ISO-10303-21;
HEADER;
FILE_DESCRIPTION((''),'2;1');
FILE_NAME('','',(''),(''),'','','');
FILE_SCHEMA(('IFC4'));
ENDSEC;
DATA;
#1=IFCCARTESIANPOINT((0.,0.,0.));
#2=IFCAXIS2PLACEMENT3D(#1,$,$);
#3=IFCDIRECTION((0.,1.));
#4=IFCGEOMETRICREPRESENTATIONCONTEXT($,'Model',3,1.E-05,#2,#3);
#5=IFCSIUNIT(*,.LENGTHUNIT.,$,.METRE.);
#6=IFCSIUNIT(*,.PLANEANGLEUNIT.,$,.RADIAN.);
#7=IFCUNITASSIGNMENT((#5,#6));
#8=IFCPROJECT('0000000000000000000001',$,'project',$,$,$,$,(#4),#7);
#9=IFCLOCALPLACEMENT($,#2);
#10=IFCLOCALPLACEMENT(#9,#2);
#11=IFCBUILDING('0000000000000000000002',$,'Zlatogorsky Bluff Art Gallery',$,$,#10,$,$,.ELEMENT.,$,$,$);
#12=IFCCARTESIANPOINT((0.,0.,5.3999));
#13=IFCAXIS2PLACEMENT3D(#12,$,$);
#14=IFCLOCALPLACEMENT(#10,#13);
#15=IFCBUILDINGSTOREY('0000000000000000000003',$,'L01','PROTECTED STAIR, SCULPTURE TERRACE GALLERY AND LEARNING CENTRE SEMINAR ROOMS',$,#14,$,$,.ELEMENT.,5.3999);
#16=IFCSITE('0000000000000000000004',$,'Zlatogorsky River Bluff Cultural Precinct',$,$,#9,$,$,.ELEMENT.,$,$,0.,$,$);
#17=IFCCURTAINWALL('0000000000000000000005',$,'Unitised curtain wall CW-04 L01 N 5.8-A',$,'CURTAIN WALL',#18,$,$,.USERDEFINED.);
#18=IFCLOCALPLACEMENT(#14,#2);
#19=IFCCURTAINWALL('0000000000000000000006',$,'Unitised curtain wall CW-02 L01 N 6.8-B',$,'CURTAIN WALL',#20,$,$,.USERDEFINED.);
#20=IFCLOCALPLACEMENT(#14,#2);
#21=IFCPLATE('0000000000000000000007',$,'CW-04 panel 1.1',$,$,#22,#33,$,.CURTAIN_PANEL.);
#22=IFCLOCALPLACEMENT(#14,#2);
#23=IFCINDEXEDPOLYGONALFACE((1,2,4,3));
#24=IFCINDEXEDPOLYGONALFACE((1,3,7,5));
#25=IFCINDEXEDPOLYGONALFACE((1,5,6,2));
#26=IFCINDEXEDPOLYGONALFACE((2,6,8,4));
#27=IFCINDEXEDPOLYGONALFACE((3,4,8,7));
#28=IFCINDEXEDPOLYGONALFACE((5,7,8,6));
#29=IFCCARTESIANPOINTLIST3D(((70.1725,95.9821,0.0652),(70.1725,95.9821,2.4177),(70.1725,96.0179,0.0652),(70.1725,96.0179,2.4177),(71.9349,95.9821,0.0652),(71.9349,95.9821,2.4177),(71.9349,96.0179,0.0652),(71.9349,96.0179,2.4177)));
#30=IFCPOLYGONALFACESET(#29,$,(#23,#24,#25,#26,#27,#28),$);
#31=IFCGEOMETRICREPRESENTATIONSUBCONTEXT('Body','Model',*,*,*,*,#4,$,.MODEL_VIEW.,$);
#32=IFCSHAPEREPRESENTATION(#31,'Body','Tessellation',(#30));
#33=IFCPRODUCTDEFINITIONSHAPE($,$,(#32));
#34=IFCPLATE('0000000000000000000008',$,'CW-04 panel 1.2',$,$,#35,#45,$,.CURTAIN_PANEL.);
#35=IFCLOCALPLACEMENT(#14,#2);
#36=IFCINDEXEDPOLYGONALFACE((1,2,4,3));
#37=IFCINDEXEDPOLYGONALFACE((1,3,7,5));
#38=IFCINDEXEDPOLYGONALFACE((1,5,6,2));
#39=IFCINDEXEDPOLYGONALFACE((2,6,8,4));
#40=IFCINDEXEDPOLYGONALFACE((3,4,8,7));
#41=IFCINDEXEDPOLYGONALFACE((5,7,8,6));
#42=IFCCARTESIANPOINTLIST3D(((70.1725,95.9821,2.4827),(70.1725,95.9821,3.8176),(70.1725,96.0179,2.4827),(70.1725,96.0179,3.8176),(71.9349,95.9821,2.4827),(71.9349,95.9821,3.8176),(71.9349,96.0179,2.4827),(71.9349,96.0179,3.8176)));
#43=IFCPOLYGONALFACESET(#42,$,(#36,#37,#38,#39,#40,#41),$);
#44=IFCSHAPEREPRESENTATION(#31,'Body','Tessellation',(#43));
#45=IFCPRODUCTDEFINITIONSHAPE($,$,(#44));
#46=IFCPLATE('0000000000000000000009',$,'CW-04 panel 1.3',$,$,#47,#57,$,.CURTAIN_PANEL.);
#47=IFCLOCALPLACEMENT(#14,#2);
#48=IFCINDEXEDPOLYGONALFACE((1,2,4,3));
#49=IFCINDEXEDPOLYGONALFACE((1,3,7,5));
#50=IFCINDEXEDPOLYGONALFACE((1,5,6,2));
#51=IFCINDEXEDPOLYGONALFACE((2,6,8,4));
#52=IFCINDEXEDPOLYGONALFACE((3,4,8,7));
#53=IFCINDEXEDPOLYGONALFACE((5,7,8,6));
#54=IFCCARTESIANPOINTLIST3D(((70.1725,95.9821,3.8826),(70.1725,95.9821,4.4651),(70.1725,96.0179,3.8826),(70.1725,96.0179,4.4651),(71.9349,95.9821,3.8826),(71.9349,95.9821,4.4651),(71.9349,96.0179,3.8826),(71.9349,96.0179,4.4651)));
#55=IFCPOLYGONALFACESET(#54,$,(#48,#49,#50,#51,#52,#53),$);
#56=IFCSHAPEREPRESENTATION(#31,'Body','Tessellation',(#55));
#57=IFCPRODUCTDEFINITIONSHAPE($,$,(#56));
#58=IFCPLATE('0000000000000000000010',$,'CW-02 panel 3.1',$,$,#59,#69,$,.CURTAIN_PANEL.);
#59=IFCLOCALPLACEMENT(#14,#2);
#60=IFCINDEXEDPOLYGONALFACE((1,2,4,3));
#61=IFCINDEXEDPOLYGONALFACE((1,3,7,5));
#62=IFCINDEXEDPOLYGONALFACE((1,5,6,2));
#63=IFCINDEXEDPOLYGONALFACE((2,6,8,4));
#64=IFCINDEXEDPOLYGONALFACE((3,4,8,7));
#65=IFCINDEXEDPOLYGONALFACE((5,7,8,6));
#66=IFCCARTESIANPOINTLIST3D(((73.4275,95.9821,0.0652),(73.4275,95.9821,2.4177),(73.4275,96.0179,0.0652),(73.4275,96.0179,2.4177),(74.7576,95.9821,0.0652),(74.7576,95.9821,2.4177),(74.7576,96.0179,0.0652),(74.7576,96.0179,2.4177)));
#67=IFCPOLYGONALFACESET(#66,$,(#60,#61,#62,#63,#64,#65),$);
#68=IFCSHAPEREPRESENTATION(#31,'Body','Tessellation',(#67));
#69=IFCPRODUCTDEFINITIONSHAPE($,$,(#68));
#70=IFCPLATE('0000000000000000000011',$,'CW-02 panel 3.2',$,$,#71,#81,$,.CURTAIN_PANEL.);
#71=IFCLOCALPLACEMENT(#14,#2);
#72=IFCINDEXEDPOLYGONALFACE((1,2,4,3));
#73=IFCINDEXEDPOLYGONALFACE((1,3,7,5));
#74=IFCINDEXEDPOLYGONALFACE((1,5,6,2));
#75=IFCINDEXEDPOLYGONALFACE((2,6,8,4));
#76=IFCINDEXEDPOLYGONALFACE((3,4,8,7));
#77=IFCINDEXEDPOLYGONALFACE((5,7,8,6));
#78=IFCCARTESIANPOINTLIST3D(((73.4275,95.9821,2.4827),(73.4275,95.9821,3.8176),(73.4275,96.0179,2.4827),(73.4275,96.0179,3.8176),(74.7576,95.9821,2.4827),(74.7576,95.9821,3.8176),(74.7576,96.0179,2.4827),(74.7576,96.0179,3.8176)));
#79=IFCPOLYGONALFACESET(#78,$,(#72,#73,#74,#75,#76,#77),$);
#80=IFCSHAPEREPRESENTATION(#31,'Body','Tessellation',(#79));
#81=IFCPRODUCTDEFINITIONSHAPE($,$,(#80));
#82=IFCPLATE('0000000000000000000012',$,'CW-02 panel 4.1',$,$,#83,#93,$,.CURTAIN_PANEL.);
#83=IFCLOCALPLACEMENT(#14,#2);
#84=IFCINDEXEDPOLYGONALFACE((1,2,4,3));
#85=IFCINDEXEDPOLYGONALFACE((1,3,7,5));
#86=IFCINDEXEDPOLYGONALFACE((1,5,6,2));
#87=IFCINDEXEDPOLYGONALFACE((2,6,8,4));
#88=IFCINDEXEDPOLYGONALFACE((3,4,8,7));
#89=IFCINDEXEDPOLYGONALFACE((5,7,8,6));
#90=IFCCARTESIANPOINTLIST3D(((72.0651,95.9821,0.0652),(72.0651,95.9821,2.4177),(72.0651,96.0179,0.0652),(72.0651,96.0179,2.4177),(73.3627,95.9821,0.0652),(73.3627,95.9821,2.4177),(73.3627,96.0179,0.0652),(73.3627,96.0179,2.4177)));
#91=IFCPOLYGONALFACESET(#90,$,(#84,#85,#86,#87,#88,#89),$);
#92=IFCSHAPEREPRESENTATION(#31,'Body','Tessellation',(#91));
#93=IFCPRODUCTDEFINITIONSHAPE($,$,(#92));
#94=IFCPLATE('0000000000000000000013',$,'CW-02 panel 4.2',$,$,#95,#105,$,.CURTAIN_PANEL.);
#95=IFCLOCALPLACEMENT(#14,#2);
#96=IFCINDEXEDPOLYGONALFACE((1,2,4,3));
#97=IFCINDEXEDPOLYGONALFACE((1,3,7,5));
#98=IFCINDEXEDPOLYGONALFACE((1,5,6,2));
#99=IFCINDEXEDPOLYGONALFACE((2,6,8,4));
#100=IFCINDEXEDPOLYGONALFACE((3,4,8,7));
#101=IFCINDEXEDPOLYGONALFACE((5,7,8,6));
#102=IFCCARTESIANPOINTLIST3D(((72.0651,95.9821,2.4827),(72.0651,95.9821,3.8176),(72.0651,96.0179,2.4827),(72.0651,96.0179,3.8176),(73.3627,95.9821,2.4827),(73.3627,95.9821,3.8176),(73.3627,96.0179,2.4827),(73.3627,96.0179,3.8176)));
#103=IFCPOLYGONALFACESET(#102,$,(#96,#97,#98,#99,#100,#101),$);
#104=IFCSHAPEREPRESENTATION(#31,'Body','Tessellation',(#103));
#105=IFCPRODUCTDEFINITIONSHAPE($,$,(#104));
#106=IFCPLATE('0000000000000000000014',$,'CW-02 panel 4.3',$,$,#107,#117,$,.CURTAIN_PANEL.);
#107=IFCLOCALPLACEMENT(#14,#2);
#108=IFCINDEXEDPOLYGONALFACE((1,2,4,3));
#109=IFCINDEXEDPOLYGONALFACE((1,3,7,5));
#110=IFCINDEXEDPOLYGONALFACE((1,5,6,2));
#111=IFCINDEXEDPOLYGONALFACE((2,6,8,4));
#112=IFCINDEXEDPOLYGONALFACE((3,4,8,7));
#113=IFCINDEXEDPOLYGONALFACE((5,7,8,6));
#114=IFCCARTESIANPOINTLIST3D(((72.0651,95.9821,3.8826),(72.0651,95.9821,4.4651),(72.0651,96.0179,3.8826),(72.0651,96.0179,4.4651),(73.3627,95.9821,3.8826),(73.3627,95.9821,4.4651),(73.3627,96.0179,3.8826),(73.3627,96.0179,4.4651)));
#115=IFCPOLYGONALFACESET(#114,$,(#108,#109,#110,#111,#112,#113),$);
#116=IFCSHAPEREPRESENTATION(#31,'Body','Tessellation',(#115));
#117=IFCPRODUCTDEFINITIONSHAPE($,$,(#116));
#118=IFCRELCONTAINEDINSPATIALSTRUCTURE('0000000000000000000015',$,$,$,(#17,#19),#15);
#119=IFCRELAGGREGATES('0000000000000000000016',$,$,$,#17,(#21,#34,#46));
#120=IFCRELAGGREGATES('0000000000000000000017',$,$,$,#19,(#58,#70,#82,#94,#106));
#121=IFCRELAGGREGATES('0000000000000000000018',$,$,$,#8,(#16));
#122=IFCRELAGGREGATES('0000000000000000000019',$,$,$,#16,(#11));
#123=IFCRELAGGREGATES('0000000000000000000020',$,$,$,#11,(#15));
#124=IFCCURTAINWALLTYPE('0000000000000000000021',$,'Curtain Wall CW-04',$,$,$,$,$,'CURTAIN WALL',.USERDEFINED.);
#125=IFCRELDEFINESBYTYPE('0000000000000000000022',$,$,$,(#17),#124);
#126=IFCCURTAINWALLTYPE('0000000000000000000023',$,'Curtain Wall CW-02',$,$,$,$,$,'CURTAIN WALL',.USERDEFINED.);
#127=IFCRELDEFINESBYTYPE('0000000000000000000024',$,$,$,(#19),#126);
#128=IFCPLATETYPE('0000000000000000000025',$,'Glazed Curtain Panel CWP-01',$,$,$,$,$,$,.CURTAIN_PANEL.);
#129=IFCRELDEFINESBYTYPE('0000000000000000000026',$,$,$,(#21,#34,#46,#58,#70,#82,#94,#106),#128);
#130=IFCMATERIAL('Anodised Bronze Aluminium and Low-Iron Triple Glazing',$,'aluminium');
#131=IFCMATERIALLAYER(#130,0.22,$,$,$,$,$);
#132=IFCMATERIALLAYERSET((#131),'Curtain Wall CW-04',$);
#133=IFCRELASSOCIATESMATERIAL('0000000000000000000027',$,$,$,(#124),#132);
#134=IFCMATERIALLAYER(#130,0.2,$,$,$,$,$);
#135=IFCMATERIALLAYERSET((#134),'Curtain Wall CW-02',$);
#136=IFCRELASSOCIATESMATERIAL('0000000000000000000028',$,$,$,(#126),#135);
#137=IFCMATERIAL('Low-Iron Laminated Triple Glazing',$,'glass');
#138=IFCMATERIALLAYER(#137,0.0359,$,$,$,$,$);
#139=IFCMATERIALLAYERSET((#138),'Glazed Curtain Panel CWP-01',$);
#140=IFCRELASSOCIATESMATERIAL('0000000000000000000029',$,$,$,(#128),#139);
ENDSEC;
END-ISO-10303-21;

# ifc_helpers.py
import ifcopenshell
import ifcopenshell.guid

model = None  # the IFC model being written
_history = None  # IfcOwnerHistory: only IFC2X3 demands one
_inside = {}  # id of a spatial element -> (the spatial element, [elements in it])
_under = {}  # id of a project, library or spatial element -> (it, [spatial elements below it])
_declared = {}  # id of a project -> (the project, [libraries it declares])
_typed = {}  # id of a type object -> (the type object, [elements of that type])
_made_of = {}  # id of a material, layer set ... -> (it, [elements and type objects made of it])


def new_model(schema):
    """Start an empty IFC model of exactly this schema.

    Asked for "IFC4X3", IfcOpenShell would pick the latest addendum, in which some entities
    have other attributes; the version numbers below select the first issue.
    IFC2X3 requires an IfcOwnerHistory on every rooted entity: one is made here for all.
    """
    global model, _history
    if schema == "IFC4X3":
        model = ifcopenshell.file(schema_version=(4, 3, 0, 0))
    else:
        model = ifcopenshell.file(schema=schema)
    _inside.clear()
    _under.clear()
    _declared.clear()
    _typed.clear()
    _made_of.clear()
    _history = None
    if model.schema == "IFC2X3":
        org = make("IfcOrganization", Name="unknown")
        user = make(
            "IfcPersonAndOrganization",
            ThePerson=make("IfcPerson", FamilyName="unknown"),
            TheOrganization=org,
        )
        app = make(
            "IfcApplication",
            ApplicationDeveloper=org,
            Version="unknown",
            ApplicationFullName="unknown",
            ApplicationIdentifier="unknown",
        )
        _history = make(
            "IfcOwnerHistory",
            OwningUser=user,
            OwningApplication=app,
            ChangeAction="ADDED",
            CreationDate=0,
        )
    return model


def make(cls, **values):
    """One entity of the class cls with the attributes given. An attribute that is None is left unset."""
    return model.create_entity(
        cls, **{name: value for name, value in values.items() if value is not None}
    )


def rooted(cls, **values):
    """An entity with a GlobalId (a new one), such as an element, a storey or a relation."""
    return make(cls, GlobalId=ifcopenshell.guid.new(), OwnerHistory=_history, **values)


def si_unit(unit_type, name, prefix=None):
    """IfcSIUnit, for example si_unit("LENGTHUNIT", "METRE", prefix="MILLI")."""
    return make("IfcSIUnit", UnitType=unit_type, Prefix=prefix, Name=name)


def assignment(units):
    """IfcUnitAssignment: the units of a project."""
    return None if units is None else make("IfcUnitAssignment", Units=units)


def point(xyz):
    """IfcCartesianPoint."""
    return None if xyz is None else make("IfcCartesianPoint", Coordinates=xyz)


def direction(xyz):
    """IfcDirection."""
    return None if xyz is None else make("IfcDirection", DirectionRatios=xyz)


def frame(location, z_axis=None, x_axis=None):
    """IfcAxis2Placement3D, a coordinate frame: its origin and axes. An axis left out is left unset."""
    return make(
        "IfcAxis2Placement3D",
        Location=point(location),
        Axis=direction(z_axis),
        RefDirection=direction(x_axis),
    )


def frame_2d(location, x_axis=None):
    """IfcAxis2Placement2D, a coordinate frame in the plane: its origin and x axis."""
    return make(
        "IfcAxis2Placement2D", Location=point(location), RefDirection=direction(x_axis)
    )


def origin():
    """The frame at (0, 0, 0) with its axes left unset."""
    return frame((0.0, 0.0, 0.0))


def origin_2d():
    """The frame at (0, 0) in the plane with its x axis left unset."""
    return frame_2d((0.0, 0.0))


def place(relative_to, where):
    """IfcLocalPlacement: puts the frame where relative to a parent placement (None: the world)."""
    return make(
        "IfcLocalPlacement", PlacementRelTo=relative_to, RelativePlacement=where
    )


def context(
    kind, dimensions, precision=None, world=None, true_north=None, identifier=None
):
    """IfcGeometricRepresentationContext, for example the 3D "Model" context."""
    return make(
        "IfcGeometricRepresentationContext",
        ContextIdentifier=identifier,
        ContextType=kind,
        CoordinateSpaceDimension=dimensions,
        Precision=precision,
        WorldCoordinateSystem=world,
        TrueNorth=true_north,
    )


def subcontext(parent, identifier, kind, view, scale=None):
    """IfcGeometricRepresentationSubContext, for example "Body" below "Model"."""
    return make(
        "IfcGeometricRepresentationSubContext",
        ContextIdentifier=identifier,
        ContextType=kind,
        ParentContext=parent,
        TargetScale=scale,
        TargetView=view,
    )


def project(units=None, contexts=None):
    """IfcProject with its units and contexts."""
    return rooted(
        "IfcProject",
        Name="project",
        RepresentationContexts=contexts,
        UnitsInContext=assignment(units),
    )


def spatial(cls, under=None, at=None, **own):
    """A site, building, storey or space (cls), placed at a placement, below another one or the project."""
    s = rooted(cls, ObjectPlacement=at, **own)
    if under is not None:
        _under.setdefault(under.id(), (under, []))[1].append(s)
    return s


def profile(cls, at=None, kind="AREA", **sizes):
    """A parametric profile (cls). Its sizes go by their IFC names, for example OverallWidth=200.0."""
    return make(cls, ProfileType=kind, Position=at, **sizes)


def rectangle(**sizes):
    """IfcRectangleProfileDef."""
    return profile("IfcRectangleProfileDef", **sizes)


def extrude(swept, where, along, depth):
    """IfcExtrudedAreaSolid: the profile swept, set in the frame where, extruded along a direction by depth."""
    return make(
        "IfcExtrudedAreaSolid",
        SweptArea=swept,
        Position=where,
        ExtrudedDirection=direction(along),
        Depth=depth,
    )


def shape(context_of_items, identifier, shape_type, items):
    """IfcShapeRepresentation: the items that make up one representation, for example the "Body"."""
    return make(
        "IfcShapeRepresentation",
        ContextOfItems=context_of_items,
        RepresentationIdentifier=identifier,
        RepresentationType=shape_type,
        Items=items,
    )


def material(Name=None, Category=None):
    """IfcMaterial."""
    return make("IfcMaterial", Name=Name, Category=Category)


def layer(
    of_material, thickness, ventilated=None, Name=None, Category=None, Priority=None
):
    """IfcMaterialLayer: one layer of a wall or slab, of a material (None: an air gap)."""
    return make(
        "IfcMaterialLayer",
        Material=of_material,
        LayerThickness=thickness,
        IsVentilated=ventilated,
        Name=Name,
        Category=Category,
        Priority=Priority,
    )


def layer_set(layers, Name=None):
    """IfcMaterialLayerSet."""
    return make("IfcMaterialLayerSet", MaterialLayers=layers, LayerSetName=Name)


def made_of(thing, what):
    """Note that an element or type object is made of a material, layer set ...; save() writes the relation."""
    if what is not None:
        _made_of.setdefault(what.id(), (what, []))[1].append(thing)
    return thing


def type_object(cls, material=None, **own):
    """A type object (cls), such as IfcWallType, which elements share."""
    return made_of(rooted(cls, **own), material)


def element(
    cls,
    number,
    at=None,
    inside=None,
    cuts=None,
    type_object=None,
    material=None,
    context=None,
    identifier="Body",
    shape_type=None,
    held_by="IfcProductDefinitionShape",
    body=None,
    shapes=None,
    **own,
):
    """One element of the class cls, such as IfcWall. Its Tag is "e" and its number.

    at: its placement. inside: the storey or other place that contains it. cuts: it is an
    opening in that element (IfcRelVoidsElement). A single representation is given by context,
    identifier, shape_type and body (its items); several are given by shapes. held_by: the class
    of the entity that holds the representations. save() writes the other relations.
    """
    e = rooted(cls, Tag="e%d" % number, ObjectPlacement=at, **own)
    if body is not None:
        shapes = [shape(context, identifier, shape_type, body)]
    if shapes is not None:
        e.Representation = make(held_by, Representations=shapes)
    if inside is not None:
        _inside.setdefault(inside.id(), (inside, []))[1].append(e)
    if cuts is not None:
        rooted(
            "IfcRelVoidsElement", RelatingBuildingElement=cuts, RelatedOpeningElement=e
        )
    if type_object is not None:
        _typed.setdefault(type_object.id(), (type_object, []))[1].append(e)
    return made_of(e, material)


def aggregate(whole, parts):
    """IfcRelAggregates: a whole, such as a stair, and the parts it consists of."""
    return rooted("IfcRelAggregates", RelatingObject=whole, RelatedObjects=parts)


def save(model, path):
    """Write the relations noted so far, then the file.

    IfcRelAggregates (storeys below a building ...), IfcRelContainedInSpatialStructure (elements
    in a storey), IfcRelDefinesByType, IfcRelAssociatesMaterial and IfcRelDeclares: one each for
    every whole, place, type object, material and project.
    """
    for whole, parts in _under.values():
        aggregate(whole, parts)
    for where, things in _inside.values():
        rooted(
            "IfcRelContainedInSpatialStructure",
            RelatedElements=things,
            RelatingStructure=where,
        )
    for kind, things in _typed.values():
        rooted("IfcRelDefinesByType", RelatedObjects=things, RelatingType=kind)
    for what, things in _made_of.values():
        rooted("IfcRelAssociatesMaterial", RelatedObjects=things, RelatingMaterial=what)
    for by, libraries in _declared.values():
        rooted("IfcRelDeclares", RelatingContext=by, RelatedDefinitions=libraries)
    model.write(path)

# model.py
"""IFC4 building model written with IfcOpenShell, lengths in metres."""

from ifc_helpers import new_model, si_unit, direction, frame, origin, origin_2d, place, context, subcontext, project, spatial, rectangle, extrude, material, layer, layer_set, type_object, element, aggregate, save


model = new_model("IFC4")

# Units and contexts
model_context = context("Model", 3, precision=1e-05, world=origin(), true_north=direction((0.0, 1.0)))
body_context = subcontext(model_context, "Body", "Model", "MODEL_VIEW")
ifc_project = project(units=[si_unit("LENGTHUNIT", "METRE"), si_unit("PLANEANGLEUNIT", "RADIAN")], contexts=[model_context])

# Site, building, storey
site_placement = place(None, origin())
site = spatial("IfcSite", under=ifc_project, at=site_placement, Name="Zlatogorsky River Bluff Cultural Precinct", CompositionType="ELEMENT", RefElevation=0.0)
building_placement = place(site_placement, origin())
building = spatial("IfcBuilding", under=site, at=building_placement, Name="Zlatogorsky Bluff Art Gallery", CompositionType="ELEMENT")
storey_placement = place(building_placement, frame((0.0, 0.0, 5.3999)))
storey = spatial("IfcBuildingStorey", under=building, at=storey_placement, Name="L01", Description="PROTECTED STAIR, SCULPTURE TERRACE GALLERY AND LEARNING CENTRE SEMINAR ROOMS", CompositionType="ELEMENT", Elevation=5.3999)

# Curtain wall
ifc_material_1 = material(Name="Anodised Bronze Aluminium and Low-Iron Triple Glazing", Category="aluminium")
ifc_layer_1 = layer(ifc_material_1, 0.22)
ifc_layer_set_1 = layer_set([ifc_layer_1], Name="Curtain Wall CW-04")
curtain_wall_type_1 = type_object("IfcCurtainWallType", Name="Curtain Wall CW-04", ElementType="CURTAIN WALL", PredefinedType="USERDEFINED", material=ifc_layer_set_1)
curtain_wall_1_placement = place(storey_placement, origin())
curtain_wall_1 = element("IfcCurtainWall", 1, at=curtain_wall_1_placement, inside=storey, type_object=curtain_wall_type_1, Name="Unitised curtain wall CW-04 L01 N 5.8-A", ObjectType="CURTAIN WALL", PredefinedType="USERDEFINED")

# Curtain wall
ifc_layer_2 = layer(ifc_material_1, 0.2)
ifc_layer_set_2 = layer_set([ifc_layer_2], Name="Curtain Wall CW-02")
curtain_wall_type_2 = type_object("IfcCurtainWallType", Name="Curtain Wall CW-02", ElementType="CURTAIN WALL", PredefinedType="USERDEFINED", material=ifc_layer_set_2)
curtain_wall_2_placement = place(storey_placement, origin())
curtain_wall_2 = element("IfcCurtainWall", 2, at=curtain_wall_2_placement, inside=storey, type_object=curtain_wall_type_2, Name="Unitised curtain wall CW-02 L01 N 6.8-B", ObjectType="CURTAIN WALL", PredefinedType="USERDEFINED")

# Plates
ifc_material_2 = material(Name="Low-Iron Laminated Triple Glazing", Category="glass")
ifc_layer_3 = layer(ifc_material_2, 0.0359)
ifc_layer_set_3 = layer_set([ifc_layer_3], Name="Glazed Curtain Panel CWP-01")
plate_type = type_object("IfcPlateType", Name="Glazed Curtain Panel CWP-01", PredefinedType="CURTAIN_PANEL", material=ifc_layer_set_3)
plate_1_placement = place(storey_placement, frame((71.0537, 96.0, 0.0652), z_axis=(0.0, 0.0, 1.0), x_axis=(-1.0, 0.0, 0.0)))
plate_1 = element("IfcPlate", 3, at=plate_1_placement, type_object=plate_type, Name="CW-04 panel 1.1", PredefinedType="CURTAIN_PANEL", context=body_context, shape_type="SweptSolid", body=[
    extrude(rectangle(XDim=1.7625, YDim=0.0359, at=origin_2d()), origin(), (0.0, 0.0, 1.0), 2.3525),
])
plate_2_placement = place(storey_placement, frame((71.0537, 96.0, 2.4827), z_axis=(0.0, 0.0, 1.0), x_axis=(-1.0, 0.0, 0.0)))
plate_2 = element("IfcPlate", 4, at=plate_2_placement, type_object=plate_type, Name="CW-04 panel 1.2", PredefinedType="CURTAIN_PANEL", context=body_context, shape_type="SweptSolid", body=[
    extrude(rectangle(XDim=1.7625, YDim=0.0359, at=origin_2d()), origin(), (0.0, 0.0, 1.0), 1.335),
])
plate_3_placement = place(storey_placement, frame((71.0537, 96.0, 3.8826), z_axis=(0.0, 0.0, 1.0), x_axis=(-1.0, 0.0, 0.0)))
plate_3 = element("IfcPlate", 5, at=plate_3_placement, type_object=plate_type, Name="CW-04 panel 1.3", PredefinedType="CURTAIN_PANEL", context=body_context, shape_type="SweptSolid", body=[
    extrude(rectangle(XDim=1.7625, YDim=0.0359, at=origin_2d()), origin(), (0.0, 0.0, 1.0), 0.5825),
])
aggregate(curtain_wall_1, [plate_1, plate_2, plate_3])
plate_4_placement = place(storey_placement, frame((74.0925, 96.0, 0.0652), z_axis=(0.0, 0.0, 1.0), x_axis=(-1.0, 0.0, 0.0)))
plate_4 = element("IfcPlate", 6, at=plate_4_placement, type_object=plate_type, Name="CW-02 panel 3.1", PredefinedType="CURTAIN_PANEL", context=body_context, shape_type="SweptSolid", body=[
    extrude(rectangle(XDim=1.3301, YDim=0.0359, at=origin_2d()), origin(), (0.0, 0.0, 1.0), 2.3525),
])
plate_5_placement = place(storey_placement, frame((74.0925, 96.0, 2.4827), z_axis=(0.0, 0.0, 1.0), x_axis=(-1.0, 0.0, 0.0)))
plate_5 = element("IfcPlate", 7, at=plate_5_placement, type_object=plate_type, Name="CW-02 panel 3.2", PredefinedType="CURTAIN_PANEL", context=body_context, shape_type="SweptSolid", body=[
    extrude(rectangle(XDim=1.3301, YDim=0.0359, at=origin_2d()), origin(), (0.0, 0.0, 1.0), 1.335),
])
plate_6_placement = place(storey_placement, frame((72.7139, 96.0, 0.0652), z_axis=(0.0, 0.0, 1.0), x_axis=(-1.0, 0.0, 0.0)))
plate_6 = element("IfcPlate", 8, at=plate_6_placement, type_object=plate_type, Name="CW-02 panel 4.1", PredefinedType="CURTAIN_PANEL", context=body_context, shape_type="SweptSolid", body=[
    extrude(rectangle(XDim=1.2976, YDim=0.0359, at=origin_2d()), origin(), (0.0, 0.0, 1.0), 2.3525),
])
plate_7_placement = place(storey_placement, frame((72.7139, 96.0, 2.4827), z_axis=(0.0, 0.0, 1.0), x_axis=(-1.0, 0.0, 0.0)))
plate_7 = element("IfcPlate", 9, at=plate_7_placement, type_object=plate_type, Name="CW-02 panel 4.2", PredefinedType="CURTAIN_PANEL", context=body_context, shape_type="SweptSolid", body=[
    extrude(rectangle(XDim=1.2976, YDim=0.0359, at=origin_2d()), origin(), (0.0, 0.0, 1.0), 1.335),
])
plate_8_placement = place(storey_placement, frame((72.7139, 96.0, 3.8826), z_axis=(0.0, 0.0, 1.0), x_axis=(-1.0, 0.0, 0.0)))
plate_8 = element("IfcPlate", 10, at=plate_8_placement, type_object=plate_type, Name="CW-02 panel 4.3", PredefinedType="CURTAIN_PANEL", context=body_context, shape_type="SweptSolid", body=[
    extrude(rectangle(XDim=1.2976, YDim=0.0359, at=origin_2d()), origin(), (0.0, 0.0, 1.0), 0.5825),
])
aggregate(curtain_wall_2, [plate_4, plate_5, plate_6, plate_7, plate_8])

save(model, "model.ifc")
